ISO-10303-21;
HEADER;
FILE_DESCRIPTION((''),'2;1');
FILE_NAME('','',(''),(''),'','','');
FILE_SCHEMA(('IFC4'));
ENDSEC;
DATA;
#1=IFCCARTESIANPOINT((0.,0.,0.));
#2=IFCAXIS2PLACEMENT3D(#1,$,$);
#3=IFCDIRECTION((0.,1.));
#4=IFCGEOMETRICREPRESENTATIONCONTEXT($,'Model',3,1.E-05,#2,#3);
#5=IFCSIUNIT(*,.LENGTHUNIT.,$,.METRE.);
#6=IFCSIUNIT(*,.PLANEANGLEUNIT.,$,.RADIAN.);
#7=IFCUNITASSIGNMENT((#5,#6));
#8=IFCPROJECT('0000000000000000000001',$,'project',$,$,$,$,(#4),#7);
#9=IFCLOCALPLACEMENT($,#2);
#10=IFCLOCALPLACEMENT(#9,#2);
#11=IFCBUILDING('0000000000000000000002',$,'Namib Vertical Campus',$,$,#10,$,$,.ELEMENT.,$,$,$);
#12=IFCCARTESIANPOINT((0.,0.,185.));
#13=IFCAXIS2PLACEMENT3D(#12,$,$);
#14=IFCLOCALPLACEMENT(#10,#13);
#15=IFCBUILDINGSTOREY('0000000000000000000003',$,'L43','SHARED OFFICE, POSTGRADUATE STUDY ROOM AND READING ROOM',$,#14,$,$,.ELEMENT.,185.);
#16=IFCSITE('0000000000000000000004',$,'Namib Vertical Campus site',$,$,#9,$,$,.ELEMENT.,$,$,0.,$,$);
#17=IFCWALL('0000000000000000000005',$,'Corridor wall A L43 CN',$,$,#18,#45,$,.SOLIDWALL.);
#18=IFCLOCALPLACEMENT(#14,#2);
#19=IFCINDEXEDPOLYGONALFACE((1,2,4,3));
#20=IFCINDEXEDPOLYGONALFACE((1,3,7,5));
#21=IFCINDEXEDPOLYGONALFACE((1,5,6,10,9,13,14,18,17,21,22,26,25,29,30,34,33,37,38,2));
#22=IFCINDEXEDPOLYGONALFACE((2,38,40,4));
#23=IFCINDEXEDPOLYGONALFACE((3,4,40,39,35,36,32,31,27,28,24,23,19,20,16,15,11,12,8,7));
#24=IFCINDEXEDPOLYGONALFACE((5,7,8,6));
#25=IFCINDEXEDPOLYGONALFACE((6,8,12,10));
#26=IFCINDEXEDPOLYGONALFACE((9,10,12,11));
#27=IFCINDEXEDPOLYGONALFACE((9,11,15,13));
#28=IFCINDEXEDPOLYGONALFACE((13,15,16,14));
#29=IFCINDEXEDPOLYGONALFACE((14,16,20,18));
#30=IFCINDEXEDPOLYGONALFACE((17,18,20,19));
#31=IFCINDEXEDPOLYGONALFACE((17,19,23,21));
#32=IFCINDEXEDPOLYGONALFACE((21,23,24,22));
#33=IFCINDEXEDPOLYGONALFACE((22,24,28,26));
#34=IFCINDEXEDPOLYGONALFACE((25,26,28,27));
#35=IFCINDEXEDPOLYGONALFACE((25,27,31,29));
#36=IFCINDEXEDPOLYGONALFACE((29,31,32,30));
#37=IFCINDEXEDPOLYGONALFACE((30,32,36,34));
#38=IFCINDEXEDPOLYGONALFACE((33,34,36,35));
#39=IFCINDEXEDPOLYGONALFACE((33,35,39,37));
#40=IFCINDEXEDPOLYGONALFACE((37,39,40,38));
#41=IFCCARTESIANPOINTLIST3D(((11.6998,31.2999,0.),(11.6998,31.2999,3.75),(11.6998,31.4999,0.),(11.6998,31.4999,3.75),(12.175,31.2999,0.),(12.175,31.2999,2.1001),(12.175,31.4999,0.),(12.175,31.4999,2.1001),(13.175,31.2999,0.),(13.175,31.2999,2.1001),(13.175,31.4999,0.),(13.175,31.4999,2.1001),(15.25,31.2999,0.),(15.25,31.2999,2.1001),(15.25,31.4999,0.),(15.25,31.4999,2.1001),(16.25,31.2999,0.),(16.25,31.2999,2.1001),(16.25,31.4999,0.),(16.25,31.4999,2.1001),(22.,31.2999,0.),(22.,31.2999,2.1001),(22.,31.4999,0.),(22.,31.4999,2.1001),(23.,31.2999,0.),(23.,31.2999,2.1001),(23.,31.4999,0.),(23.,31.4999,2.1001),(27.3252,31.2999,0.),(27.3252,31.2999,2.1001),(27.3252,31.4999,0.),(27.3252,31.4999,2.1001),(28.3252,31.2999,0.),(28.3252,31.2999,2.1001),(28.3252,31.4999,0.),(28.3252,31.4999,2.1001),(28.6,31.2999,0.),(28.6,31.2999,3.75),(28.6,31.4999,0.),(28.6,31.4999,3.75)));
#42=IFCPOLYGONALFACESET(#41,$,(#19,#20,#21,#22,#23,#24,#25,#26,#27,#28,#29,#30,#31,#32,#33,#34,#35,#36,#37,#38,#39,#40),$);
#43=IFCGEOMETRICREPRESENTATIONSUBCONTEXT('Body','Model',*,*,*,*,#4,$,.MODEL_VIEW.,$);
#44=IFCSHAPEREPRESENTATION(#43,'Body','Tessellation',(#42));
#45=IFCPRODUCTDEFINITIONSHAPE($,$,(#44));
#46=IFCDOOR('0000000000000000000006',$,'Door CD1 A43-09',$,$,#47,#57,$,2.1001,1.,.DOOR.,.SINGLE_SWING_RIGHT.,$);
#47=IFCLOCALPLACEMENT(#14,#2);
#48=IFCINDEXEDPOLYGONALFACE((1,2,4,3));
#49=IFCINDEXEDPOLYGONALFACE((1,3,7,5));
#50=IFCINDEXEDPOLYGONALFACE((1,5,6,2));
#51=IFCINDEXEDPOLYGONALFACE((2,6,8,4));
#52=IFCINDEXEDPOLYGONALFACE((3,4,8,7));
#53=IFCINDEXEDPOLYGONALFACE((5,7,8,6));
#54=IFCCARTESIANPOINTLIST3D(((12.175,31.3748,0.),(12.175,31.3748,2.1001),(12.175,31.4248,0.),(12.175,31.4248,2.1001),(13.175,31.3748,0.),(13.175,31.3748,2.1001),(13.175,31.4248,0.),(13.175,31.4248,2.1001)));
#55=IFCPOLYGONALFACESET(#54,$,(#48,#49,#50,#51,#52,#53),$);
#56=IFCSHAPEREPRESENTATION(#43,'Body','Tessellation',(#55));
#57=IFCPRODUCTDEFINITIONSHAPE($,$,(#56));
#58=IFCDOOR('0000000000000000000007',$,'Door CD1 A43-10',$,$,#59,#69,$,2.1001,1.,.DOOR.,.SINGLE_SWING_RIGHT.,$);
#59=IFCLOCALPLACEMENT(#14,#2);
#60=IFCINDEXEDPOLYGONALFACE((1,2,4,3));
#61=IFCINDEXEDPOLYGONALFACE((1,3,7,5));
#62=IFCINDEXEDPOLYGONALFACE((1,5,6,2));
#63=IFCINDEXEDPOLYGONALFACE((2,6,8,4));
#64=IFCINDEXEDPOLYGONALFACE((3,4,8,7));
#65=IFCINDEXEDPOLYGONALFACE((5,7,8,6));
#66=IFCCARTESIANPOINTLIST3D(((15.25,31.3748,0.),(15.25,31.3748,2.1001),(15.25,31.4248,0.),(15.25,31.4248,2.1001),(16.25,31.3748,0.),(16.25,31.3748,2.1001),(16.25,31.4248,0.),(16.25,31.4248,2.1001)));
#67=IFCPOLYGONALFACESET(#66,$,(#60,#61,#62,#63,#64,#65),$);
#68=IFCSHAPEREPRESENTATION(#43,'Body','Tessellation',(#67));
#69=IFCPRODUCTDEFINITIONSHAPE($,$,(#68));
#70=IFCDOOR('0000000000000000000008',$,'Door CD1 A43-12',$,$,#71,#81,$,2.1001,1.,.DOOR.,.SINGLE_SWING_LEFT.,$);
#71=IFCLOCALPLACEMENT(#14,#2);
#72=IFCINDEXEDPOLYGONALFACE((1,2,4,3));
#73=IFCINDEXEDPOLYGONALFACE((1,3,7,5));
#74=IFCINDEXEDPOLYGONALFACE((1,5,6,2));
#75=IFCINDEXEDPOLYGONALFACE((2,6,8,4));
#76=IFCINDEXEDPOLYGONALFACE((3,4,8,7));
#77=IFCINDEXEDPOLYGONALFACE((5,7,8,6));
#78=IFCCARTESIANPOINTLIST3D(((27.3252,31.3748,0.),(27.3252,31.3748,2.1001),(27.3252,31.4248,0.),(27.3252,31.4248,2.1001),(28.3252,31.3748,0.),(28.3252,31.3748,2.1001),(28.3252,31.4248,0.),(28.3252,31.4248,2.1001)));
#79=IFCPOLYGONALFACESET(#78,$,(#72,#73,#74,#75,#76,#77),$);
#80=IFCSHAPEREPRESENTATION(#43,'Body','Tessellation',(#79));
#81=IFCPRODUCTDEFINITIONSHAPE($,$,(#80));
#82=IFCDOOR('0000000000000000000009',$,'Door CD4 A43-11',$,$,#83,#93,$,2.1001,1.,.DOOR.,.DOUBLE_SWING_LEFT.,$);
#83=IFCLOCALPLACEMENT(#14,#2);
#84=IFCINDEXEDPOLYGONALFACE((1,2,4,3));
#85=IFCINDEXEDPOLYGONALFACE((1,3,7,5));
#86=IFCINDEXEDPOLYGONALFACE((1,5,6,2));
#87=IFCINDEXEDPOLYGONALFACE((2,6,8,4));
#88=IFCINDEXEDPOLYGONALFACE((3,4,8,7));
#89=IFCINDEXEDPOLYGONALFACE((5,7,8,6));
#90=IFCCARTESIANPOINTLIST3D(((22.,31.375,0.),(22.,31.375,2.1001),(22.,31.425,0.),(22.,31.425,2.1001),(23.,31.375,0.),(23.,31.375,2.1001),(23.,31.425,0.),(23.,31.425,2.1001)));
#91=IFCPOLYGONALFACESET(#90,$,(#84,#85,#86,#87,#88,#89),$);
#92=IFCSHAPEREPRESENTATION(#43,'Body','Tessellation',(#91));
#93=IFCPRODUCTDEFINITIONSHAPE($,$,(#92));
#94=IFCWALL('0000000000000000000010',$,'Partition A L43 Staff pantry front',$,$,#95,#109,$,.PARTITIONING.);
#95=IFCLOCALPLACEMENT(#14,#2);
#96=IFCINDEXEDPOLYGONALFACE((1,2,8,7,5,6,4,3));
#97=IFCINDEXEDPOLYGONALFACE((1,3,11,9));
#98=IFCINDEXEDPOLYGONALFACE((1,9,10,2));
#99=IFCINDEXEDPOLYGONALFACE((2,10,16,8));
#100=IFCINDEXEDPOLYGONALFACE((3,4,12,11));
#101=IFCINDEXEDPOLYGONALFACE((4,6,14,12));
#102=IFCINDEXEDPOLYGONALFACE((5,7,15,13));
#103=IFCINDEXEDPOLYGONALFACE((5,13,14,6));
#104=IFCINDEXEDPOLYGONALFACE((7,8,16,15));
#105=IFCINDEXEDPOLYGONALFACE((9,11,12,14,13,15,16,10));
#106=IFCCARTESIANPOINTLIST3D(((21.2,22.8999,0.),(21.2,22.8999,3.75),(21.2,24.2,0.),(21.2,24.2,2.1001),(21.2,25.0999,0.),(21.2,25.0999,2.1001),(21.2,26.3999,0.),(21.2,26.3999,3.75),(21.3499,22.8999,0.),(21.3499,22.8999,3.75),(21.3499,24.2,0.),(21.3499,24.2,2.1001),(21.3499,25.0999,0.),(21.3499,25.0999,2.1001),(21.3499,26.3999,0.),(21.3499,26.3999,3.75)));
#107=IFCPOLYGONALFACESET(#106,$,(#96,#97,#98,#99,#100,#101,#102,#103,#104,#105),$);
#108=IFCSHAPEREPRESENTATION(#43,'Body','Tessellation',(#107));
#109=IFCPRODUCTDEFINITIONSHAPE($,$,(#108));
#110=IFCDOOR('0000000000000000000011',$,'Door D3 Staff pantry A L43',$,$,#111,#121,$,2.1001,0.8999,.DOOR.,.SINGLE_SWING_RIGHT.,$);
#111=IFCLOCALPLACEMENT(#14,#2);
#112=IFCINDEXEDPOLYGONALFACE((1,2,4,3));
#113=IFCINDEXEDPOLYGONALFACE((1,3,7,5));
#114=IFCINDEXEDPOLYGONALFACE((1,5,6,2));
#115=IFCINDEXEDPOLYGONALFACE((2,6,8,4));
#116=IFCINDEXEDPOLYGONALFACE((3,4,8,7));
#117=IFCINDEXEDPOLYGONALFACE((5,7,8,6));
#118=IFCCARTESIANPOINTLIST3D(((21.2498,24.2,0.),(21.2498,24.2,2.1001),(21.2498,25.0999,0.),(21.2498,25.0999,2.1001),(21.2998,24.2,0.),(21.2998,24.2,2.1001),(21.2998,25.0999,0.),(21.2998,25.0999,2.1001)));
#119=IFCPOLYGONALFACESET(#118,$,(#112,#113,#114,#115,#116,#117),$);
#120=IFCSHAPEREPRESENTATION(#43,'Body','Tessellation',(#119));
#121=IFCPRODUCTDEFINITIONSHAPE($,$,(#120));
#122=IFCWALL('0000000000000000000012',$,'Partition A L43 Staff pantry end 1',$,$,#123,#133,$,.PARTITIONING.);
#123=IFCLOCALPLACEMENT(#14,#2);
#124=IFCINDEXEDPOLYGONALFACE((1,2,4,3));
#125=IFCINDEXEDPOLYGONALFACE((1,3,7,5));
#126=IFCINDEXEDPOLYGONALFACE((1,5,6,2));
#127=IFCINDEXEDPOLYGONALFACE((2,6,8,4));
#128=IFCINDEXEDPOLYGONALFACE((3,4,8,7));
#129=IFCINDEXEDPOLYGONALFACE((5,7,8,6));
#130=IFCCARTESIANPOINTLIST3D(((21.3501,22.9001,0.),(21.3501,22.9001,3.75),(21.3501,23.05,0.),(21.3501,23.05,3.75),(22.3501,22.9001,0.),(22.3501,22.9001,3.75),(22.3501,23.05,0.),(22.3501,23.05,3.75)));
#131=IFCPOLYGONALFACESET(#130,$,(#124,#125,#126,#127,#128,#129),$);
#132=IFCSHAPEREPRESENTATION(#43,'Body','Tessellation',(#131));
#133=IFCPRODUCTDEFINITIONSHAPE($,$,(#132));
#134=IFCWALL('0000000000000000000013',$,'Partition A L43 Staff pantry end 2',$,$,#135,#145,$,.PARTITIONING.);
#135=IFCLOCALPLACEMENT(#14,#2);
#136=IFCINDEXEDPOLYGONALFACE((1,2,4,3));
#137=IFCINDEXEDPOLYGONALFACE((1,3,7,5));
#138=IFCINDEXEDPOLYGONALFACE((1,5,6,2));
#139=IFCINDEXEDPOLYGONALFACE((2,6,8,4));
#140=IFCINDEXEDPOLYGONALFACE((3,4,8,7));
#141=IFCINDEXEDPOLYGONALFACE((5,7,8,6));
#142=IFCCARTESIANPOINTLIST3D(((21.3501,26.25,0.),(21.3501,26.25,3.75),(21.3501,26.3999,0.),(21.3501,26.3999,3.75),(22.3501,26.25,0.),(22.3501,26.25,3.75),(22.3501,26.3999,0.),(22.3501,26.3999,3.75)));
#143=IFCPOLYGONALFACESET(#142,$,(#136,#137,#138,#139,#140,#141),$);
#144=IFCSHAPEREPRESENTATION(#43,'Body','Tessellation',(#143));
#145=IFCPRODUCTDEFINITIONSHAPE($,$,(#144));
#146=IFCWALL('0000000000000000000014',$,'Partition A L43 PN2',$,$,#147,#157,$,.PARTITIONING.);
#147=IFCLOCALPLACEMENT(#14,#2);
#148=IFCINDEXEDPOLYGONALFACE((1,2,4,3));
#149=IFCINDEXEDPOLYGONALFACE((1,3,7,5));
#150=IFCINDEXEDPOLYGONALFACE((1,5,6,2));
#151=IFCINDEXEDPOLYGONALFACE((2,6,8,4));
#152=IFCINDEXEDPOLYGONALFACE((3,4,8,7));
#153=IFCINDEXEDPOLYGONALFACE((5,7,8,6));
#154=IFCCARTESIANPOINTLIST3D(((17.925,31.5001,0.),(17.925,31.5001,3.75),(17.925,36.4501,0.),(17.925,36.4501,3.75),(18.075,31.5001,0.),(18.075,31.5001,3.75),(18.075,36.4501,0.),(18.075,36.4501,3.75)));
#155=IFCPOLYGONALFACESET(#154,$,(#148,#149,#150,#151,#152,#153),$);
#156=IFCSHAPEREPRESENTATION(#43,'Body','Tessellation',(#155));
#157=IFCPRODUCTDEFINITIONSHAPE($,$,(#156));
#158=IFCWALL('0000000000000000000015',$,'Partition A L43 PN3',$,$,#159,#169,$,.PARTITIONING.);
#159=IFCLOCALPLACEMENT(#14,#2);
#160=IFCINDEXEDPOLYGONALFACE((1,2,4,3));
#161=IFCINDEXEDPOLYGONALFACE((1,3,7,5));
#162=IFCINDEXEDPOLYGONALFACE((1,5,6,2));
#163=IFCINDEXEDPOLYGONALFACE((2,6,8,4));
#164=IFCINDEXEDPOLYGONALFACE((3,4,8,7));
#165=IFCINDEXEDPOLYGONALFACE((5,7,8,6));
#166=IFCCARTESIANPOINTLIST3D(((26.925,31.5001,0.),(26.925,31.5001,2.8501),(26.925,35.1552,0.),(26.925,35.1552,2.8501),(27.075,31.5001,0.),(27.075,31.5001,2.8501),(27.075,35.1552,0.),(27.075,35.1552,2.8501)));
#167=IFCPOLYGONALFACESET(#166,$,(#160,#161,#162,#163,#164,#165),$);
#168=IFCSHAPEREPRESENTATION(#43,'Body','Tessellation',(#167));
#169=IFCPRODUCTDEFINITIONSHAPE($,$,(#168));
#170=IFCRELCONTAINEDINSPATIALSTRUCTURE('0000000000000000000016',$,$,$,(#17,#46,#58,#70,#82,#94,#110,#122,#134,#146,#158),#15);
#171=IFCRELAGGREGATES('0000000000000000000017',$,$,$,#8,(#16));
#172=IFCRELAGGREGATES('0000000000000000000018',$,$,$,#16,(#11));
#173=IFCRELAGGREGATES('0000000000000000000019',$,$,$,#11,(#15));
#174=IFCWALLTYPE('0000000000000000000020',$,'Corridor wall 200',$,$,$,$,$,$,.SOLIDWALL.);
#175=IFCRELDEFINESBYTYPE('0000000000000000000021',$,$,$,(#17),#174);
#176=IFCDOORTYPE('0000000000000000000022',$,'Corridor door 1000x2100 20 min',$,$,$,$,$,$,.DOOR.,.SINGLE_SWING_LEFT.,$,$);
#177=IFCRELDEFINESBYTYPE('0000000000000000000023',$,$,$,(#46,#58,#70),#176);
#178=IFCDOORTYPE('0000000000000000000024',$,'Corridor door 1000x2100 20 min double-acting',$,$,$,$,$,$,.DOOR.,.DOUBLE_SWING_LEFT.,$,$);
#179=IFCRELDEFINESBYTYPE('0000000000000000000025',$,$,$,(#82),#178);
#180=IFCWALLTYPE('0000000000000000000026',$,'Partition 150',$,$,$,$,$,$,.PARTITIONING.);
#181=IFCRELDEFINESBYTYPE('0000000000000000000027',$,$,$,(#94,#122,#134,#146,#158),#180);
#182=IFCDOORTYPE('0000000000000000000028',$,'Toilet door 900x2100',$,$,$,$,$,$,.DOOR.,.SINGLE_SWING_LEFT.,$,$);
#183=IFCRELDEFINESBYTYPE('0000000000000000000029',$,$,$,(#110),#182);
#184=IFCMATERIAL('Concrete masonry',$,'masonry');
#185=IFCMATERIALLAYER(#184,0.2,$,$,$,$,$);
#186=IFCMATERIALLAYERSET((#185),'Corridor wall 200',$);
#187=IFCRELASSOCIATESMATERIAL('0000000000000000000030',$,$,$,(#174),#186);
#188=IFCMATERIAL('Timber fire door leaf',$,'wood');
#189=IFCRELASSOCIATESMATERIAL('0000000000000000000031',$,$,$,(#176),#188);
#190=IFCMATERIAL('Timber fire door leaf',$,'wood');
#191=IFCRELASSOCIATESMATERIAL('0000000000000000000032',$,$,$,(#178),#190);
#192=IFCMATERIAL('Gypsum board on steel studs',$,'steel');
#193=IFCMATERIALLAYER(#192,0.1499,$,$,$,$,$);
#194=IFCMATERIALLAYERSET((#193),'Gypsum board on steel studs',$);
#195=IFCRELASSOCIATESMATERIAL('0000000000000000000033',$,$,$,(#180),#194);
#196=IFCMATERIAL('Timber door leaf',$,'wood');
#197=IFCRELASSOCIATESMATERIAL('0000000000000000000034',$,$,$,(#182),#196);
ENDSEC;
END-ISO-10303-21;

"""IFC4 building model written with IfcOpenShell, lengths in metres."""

from ifc_helpers import new_model, si_unit, direction, frame, frame_2d, origin, place, context, subcontext, project, spatial, rectangle, extrude, material, layer, layer_set, type_object, element, fill, save


model = new_model("IFC4")

# Units and contexts
model_context = context("Model", 3, precision=1e-05, world=origin(), true_north=direction((0.0, 1.0)))
body_context = subcontext(model_context, "Body", "Model", "MODEL_VIEW")
ifc_project = project(units=[si_unit("LENGTHUNIT", "METRE"), si_unit("PLANEANGLEUNIT", "RADIAN")], contexts=[model_context])

# Site, building, storey
site_placement = place(None, origin())
site = spatial("IfcSite", under=ifc_project, at=site_placement, Name="Namib Vertical Campus site", CompositionType="ELEMENT", RefElevation=0.0)
building_placement = place(site_placement, origin())
building = spatial("IfcBuilding", under=site, at=building_placement, Name="Namib Vertical Campus", CompositionType="ELEMENT")
storey_placement = place(building_placement, frame((0.0, 0.0, 185.0)))
storey = spatial("IfcBuildingStorey", under=building, at=storey_placement, Name="L43", Description="SHARED OFFICE, POSTGRADUATE STUDY ROOM AND READING ROOM", CompositionType="ELEMENT", Elevation=185.0)

# Wall, openings, doors
ifc_material_1 = material(Name="Concrete masonry", Category="masonry")
ifc_layer_1 = layer(ifc_material_1, 0.2)
ifc_layer_set_1 = layer_set([ifc_layer_1], Name="Corridor wall 200")
wall_type_1 = type_object("IfcWallType", Name="Corridor wall 200", PredefinedType="SOLIDWALL", material=ifc_layer_set_1)
wall_1_placement = place(storey_placement, frame((28.6001, 31.3999, 0.0), z_axis=(0.0, 0.0, 1.0), x_axis=(-1.0, 0.0, 0.0)))
wall_1 = element("IfcWall", 1, at=wall_1_placement, inside=storey, type_object=wall_type_1, Name="Corridor wall A L43 CN", PredefinedType="SOLIDWALL", context=body_context, shape_type="SweptSolid", body=[
    extrude(rectangle(XDim=16.9001, YDim=0.2, at=frame_2d((8.4502, 0.0))), origin(), (0.0, 0.0, 1.0), 3.75),
])
opening_1_placement = place(wall_1_placement, frame((15.425, 0.0, 0.0)))
opening_1 = element("IfcOpeningElement", 2, at=opening_1_placement, cuts=wall_1, PredefinedType="OPENING", context=body_context, shape_type="SweptSolid", body=[
    extrude(rectangle(XDim=1.0, YDim=2.1001, at=frame_2d((0.5, 1.05))), frame((0.0, 0.1099, 0.0), z_axis=(0.0, -1.0, 0.0), x_axis=(1.0, 0.0, 0.0)), (0.0, 0.0, 1.0), 0.22),
])
opening_2_placement = place(wall_1_placement, frame((12.3501, 0.0, 0.0)))
opening_2 = element("IfcOpeningElement", 3, at=opening_2_placement, cuts=wall_1, PredefinedType="OPENING", context=body_context, shape_type="SweptSolid", body=[
    extrude(rectangle(XDim=1.0, YDim=2.1001, at=frame_2d((0.5, 1.05))), frame((0.0, 0.1099, 0.0), z_axis=(0.0, -1.0, 0.0), x_axis=(1.0, 0.0, 0.0)), (0.0, 0.0, 1.0), 0.22),
])
opening_3_placement = place(wall_1_placement, frame((5.6001, 0.0, 0.0)))
opening_3 = element("IfcOpeningElement", 4, at=opening_3_placement, cuts=wall_1, PredefinedType="OPENING", context=body_context, shape_type="SweptSolid", body=[
    extrude(rectangle(XDim=1.0, YDim=2.1001, at=frame_2d((0.5, 1.05))), frame((0.0, 0.1099, 0.0), z_axis=(0.0, -1.0, 0.0), x_axis=(1.0, 0.0, 0.0)), (0.0, 0.0, 1.0), 0.22),
])
opening_4_placement = place(wall_1_placement, frame((0.2749, 0.0, 0.0)))
opening_4 = element("IfcOpeningElement", 5, at=opening_4_placement, cuts=wall_1, PredefinedType="OPENING", context=body_context, shape_type="SweptSolid", body=[
    extrude(rectangle(XDim=1.0, YDim=2.1001, at=frame_2d((0.5, 1.05))), frame((0.0, 0.1099, 0.0), z_axis=(0.0, -1.0, 0.0), x_axis=(1.0, 0.0, 0.0)), (0.0, 0.0, 1.0), 0.22),
])
ifc_material_2 = material(Name="Timber fire door leaf", Category="wood")
door_type_1 = type_object("IfcDoorType", Name="Corridor door 1000x2100 20 min", OperationType="SINGLE_SWING_LEFT", PredefinedType="DOOR", material=ifc_material_2)
door_1_placement = place(opening_1_placement, frame((1.0, 0.0, 0.0), z_axis=(0.0, 0.0, 1.0), x_axis=(-1.0, 0.0, 0.0)))
door_1 = element("IfcDoor", 6, at=door_1_placement, inside=storey, type_object=door_type_1, Name="Door CD1 A43-09", OperationType="SINGLE_SWING_RIGHT", OverallHeight=2.1001, OverallWidth=1.0, PredefinedType="DOOR", context=body_context, shape_type="SweptSolid", body=[
    extrude(rectangle(XDim=1.0, YDim=2.1001, at=frame_2d((0.5, 1.05))), frame((0.0, 0.0249, 0.0), z_axis=(0.0, -1.0, 0.0), x_axis=(1.0, 0.0, 0.0)), (0.0, 0.0, 1.0), 0.05),
])
fill(opening_1, door_1)
door_2_placement = place(opening_2_placement, frame((1.0, 0.0, 0.0), z_axis=(0.0, 0.0, 1.0), x_axis=(-1.0, 0.0, 0.0)))
door_2 = element("IfcDoor", 7, at=door_2_placement, inside=storey, type_object=door_type_1, Name="Door CD1 A43-10", OperationType="SINGLE_SWING_RIGHT", OverallHeight=2.1001, OverallWidth=1.0, PredefinedType="DOOR", context=body_context, shape_type="SweptSolid", body=[
    extrude(rectangle(XDim=1.0, YDim=2.1001, at=frame_2d((0.5, 1.05))), frame((0.0, 0.0249, 0.0), z_axis=(0.0, -1.0, 0.0), x_axis=(1.0, 0.0, 0.0)), (0.0, 0.0, 1.0), 0.05),
])
fill(opening_2, door_2)
door_3_placement = place(opening_4_placement, frame((1.0, 0.0, 0.0), z_axis=(0.0, 0.0, 1.0), x_axis=(-1.0, 0.0, 0.0)))
door_3 = element("IfcDoor", 8, at=door_3_placement, inside=storey, type_object=door_type_1, Name="Door CD1 A43-12", OperationType="SINGLE_SWING_LEFT", OverallHeight=2.1001, OverallWidth=1.0, PredefinedType="DOOR", context=body_context, shape_type="SweptSolid", body=[
    extrude(rectangle(XDim=1.0, YDim=2.1001, at=frame_2d((0.5, 1.05))), frame((0.0, 0.0249, 0.0), z_axis=(0.0, -1.0, 0.0), x_axis=(1.0, 0.0, 0.0)), (0.0, 0.0, 1.0), 0.05),
])
fill(opening_4, door_3)
ifc_material_3 = material(Name="Timber fire door leaf", Category="wood")
door_type_2 = type_object("IfcDoorType", Name="Corridor door 1000x2100 20 min double-acting", OperationType="DOUBLE_SWING_LEFT", PredefinedType="DOOR", material=ifc_material_3)
door_4_placement = place(opening_3_placement, origin())
door_4 = element("IfcDoor", 9, at=door_4_placement, inside=storey, type_object=door_type_2, Name="Door CD4 A43-11", OperationType="DOUBLE_SWING_LEFT", OverallHeight=2.1001, OverallWidth=1.0, PredefinedType="DOOR", context=body_context, shape_type="SweptSolid", body=[
    extrude(rectangle(XDim=1.0, YDim=2.1001, at=frame_2d((0.5, 1.05))), frame((0.0, 0.0249, 0.0), z_axis=(0.0, -1.0, 0.0), x_axis=(1.0, 0.0, 0.0)), (0.0, 0.0, 1.0), 0.05),
])
fill(opening_3, door_4)

# Wall, opening, door
ifc_material_4 = material(Name="Gypsum board on steel studs", Category="steel")
ifc_layer_2 = layer(ifc_material_4, 0.1499)
ifc_layer_set_2 = layer_set([ifc_layer_2], Name="Gypsum board on steel studs")
wall_type_2 = type_object("IfcWallType", Name="Partition 150", PredefinedType="PARTITIONING", material=ifc_layer_set_2)
wall_2_placement = place(storey_placement, frame((21.2749, 22.8999, 0.0), z_axis=(0.0, 0.0, 1.0), x_axis=(0.0, 1.0, 0.0)))
wall_2 = element("IfcWall", 10, at=wall_2_placement, inside=storey, type_object=wall_type_2, Name="Partition A L43 Staff pantry front", PredefinedType="PARTITIONING", context=body_context, shape_type="SweptSolid", body=[
    extrude(rectangle(XDim=3.5, YDim=0.1499, at=frame_2d((1.75, 0.0))), origin(), (0.0, 0.0, 1.0), 3.75),
])
opening_5_placement = place(wall_2_placement, frame((1.3, 0.0, 0.0)))
opening_5 = element("IfcOpeningElement", 11, at=opening_5_placement, cuts=wall_2, PredefinedType="OPENING", context=body_context, shape_type="SweptSolid", body=[
    extrude(rectangle(XDim=0.8999, YDim=2.1001, at=frame_2d((0.45, 1.05))), frame((0.0, 0.085, 0.0), z_axis=(0.0, -1.0, 0.0), x_axis=(1.0, 0.0, 0.0)), (0.0, 0.0, 1.0), 0.1699),
])
ifc_material_5 = material(Name="Timber door leaf", Category="wood")
door_type_3 = type_object("IfcDoorType", Name="Toilet door 900x2100", OperationType="SINGLE_SWING_LEFT", PredefinedType="DOOR", material=ifc_material_5)
door_5_placement = place(opening_5_placement, frame((0.8999, 0.0, 0.0), z_axis=(0.0, 0.0, 1.0), x_axis=(-1.0, 0.0, 0.0)))
door_5 = element("IfcDoor", 12, at=door_5_placement, inside=storey, type_object=door_type_3, Name="Door D3 Staff pantry A L43", OperationType="SINGLE_SWING_RIGHT", OverallHeight=2.1001, OverallWidth=0.8999, PredefinedType="DOOR", context=body_context, shape_type="SweptSolid", body=[
    extrude(rectangle(XDim=0.8999, YDim=2.1001, at=frame_2d((0.45, 1.05))), frame((0.0, 0.0249, 0.0), z_axis=(0.0, -1.0, 0.0), x_axis=(1.0, 0.0, 0.0)), (0.0, 0.0, 1.0), 0.05),
])
fill(opening_5, door_5)

# Walls
for number, where, z_axis, x_axis, name in (
    (13, (21.3501, 22.9751, 0.0), (0.0, 0.0, 1.0), (1.0, 0.0, 0.0), "Partition A L43 Staff pantry end 1"),
    (14, (21.3501, 26.325, 0.0), (0.0, 0.0, 1.0), (1.0, 0.0, 0.0), "Partition A L43 Staff pantry end 2"),
):
    element("IfcWall", number, at=place(storey_placement, frame(where, z_axis=z_axis, x_axis=x_axis)), inside=storey, type_object=wall_type_2, Name=name, PredefinedType="PARTITIONING", context=body_context, shape_type="SweptSolid", body=[
        extrude(rectangle(XDim=1.0, YDim=0.1499, at=frame_2d((0.5, 0.0))), origin(), (0.0, 0.0, 1.0), 3.75),
    ])
wall_3_placement = place(storey_placement, frame((18.0, 31.5, 0.0), z_axis=(0.0, 0.0, 1.0), x_axis=(0.0, 1.0, 0.0)))
element("IfcWall", 15, at=wall_3_placement, inside=storey, type_object=wall_type_2, Name="Partition A L43 PN2", PredefinedType="PARTITIONING", context=body_context, shape_type="SweptSolid", body=[
    extrude(rectangle(XDim=4.95, YDim=0.1499, at=frame_2d((2.4751, 0.0))), origin(), (0.0, 0.0, 1.0), 3.75),
])
wall_4_placement = place(storey_placement, frame((27.0, 31.5, 0.0), z_axis=(0.0, 0.0, 1.0), x_axis=(0.0, 1.0, 0.0)))
element("IfcWall", 16, at=wall_4_placement, inside=storey, type_object=wall_type_2, Name="Partition A L43 PN3", PredefinedType="PARTITIONING", context=body_context, shape_type="SweptSolid", body=[
    extrude(rectangle(XDim=3.655, YDim=0.1499, at=frame_2d((1.8276, 0.0))), origin(), (0.0, 0.0, 1.0), 2.8501),
])

save(model, "model.ifc")
